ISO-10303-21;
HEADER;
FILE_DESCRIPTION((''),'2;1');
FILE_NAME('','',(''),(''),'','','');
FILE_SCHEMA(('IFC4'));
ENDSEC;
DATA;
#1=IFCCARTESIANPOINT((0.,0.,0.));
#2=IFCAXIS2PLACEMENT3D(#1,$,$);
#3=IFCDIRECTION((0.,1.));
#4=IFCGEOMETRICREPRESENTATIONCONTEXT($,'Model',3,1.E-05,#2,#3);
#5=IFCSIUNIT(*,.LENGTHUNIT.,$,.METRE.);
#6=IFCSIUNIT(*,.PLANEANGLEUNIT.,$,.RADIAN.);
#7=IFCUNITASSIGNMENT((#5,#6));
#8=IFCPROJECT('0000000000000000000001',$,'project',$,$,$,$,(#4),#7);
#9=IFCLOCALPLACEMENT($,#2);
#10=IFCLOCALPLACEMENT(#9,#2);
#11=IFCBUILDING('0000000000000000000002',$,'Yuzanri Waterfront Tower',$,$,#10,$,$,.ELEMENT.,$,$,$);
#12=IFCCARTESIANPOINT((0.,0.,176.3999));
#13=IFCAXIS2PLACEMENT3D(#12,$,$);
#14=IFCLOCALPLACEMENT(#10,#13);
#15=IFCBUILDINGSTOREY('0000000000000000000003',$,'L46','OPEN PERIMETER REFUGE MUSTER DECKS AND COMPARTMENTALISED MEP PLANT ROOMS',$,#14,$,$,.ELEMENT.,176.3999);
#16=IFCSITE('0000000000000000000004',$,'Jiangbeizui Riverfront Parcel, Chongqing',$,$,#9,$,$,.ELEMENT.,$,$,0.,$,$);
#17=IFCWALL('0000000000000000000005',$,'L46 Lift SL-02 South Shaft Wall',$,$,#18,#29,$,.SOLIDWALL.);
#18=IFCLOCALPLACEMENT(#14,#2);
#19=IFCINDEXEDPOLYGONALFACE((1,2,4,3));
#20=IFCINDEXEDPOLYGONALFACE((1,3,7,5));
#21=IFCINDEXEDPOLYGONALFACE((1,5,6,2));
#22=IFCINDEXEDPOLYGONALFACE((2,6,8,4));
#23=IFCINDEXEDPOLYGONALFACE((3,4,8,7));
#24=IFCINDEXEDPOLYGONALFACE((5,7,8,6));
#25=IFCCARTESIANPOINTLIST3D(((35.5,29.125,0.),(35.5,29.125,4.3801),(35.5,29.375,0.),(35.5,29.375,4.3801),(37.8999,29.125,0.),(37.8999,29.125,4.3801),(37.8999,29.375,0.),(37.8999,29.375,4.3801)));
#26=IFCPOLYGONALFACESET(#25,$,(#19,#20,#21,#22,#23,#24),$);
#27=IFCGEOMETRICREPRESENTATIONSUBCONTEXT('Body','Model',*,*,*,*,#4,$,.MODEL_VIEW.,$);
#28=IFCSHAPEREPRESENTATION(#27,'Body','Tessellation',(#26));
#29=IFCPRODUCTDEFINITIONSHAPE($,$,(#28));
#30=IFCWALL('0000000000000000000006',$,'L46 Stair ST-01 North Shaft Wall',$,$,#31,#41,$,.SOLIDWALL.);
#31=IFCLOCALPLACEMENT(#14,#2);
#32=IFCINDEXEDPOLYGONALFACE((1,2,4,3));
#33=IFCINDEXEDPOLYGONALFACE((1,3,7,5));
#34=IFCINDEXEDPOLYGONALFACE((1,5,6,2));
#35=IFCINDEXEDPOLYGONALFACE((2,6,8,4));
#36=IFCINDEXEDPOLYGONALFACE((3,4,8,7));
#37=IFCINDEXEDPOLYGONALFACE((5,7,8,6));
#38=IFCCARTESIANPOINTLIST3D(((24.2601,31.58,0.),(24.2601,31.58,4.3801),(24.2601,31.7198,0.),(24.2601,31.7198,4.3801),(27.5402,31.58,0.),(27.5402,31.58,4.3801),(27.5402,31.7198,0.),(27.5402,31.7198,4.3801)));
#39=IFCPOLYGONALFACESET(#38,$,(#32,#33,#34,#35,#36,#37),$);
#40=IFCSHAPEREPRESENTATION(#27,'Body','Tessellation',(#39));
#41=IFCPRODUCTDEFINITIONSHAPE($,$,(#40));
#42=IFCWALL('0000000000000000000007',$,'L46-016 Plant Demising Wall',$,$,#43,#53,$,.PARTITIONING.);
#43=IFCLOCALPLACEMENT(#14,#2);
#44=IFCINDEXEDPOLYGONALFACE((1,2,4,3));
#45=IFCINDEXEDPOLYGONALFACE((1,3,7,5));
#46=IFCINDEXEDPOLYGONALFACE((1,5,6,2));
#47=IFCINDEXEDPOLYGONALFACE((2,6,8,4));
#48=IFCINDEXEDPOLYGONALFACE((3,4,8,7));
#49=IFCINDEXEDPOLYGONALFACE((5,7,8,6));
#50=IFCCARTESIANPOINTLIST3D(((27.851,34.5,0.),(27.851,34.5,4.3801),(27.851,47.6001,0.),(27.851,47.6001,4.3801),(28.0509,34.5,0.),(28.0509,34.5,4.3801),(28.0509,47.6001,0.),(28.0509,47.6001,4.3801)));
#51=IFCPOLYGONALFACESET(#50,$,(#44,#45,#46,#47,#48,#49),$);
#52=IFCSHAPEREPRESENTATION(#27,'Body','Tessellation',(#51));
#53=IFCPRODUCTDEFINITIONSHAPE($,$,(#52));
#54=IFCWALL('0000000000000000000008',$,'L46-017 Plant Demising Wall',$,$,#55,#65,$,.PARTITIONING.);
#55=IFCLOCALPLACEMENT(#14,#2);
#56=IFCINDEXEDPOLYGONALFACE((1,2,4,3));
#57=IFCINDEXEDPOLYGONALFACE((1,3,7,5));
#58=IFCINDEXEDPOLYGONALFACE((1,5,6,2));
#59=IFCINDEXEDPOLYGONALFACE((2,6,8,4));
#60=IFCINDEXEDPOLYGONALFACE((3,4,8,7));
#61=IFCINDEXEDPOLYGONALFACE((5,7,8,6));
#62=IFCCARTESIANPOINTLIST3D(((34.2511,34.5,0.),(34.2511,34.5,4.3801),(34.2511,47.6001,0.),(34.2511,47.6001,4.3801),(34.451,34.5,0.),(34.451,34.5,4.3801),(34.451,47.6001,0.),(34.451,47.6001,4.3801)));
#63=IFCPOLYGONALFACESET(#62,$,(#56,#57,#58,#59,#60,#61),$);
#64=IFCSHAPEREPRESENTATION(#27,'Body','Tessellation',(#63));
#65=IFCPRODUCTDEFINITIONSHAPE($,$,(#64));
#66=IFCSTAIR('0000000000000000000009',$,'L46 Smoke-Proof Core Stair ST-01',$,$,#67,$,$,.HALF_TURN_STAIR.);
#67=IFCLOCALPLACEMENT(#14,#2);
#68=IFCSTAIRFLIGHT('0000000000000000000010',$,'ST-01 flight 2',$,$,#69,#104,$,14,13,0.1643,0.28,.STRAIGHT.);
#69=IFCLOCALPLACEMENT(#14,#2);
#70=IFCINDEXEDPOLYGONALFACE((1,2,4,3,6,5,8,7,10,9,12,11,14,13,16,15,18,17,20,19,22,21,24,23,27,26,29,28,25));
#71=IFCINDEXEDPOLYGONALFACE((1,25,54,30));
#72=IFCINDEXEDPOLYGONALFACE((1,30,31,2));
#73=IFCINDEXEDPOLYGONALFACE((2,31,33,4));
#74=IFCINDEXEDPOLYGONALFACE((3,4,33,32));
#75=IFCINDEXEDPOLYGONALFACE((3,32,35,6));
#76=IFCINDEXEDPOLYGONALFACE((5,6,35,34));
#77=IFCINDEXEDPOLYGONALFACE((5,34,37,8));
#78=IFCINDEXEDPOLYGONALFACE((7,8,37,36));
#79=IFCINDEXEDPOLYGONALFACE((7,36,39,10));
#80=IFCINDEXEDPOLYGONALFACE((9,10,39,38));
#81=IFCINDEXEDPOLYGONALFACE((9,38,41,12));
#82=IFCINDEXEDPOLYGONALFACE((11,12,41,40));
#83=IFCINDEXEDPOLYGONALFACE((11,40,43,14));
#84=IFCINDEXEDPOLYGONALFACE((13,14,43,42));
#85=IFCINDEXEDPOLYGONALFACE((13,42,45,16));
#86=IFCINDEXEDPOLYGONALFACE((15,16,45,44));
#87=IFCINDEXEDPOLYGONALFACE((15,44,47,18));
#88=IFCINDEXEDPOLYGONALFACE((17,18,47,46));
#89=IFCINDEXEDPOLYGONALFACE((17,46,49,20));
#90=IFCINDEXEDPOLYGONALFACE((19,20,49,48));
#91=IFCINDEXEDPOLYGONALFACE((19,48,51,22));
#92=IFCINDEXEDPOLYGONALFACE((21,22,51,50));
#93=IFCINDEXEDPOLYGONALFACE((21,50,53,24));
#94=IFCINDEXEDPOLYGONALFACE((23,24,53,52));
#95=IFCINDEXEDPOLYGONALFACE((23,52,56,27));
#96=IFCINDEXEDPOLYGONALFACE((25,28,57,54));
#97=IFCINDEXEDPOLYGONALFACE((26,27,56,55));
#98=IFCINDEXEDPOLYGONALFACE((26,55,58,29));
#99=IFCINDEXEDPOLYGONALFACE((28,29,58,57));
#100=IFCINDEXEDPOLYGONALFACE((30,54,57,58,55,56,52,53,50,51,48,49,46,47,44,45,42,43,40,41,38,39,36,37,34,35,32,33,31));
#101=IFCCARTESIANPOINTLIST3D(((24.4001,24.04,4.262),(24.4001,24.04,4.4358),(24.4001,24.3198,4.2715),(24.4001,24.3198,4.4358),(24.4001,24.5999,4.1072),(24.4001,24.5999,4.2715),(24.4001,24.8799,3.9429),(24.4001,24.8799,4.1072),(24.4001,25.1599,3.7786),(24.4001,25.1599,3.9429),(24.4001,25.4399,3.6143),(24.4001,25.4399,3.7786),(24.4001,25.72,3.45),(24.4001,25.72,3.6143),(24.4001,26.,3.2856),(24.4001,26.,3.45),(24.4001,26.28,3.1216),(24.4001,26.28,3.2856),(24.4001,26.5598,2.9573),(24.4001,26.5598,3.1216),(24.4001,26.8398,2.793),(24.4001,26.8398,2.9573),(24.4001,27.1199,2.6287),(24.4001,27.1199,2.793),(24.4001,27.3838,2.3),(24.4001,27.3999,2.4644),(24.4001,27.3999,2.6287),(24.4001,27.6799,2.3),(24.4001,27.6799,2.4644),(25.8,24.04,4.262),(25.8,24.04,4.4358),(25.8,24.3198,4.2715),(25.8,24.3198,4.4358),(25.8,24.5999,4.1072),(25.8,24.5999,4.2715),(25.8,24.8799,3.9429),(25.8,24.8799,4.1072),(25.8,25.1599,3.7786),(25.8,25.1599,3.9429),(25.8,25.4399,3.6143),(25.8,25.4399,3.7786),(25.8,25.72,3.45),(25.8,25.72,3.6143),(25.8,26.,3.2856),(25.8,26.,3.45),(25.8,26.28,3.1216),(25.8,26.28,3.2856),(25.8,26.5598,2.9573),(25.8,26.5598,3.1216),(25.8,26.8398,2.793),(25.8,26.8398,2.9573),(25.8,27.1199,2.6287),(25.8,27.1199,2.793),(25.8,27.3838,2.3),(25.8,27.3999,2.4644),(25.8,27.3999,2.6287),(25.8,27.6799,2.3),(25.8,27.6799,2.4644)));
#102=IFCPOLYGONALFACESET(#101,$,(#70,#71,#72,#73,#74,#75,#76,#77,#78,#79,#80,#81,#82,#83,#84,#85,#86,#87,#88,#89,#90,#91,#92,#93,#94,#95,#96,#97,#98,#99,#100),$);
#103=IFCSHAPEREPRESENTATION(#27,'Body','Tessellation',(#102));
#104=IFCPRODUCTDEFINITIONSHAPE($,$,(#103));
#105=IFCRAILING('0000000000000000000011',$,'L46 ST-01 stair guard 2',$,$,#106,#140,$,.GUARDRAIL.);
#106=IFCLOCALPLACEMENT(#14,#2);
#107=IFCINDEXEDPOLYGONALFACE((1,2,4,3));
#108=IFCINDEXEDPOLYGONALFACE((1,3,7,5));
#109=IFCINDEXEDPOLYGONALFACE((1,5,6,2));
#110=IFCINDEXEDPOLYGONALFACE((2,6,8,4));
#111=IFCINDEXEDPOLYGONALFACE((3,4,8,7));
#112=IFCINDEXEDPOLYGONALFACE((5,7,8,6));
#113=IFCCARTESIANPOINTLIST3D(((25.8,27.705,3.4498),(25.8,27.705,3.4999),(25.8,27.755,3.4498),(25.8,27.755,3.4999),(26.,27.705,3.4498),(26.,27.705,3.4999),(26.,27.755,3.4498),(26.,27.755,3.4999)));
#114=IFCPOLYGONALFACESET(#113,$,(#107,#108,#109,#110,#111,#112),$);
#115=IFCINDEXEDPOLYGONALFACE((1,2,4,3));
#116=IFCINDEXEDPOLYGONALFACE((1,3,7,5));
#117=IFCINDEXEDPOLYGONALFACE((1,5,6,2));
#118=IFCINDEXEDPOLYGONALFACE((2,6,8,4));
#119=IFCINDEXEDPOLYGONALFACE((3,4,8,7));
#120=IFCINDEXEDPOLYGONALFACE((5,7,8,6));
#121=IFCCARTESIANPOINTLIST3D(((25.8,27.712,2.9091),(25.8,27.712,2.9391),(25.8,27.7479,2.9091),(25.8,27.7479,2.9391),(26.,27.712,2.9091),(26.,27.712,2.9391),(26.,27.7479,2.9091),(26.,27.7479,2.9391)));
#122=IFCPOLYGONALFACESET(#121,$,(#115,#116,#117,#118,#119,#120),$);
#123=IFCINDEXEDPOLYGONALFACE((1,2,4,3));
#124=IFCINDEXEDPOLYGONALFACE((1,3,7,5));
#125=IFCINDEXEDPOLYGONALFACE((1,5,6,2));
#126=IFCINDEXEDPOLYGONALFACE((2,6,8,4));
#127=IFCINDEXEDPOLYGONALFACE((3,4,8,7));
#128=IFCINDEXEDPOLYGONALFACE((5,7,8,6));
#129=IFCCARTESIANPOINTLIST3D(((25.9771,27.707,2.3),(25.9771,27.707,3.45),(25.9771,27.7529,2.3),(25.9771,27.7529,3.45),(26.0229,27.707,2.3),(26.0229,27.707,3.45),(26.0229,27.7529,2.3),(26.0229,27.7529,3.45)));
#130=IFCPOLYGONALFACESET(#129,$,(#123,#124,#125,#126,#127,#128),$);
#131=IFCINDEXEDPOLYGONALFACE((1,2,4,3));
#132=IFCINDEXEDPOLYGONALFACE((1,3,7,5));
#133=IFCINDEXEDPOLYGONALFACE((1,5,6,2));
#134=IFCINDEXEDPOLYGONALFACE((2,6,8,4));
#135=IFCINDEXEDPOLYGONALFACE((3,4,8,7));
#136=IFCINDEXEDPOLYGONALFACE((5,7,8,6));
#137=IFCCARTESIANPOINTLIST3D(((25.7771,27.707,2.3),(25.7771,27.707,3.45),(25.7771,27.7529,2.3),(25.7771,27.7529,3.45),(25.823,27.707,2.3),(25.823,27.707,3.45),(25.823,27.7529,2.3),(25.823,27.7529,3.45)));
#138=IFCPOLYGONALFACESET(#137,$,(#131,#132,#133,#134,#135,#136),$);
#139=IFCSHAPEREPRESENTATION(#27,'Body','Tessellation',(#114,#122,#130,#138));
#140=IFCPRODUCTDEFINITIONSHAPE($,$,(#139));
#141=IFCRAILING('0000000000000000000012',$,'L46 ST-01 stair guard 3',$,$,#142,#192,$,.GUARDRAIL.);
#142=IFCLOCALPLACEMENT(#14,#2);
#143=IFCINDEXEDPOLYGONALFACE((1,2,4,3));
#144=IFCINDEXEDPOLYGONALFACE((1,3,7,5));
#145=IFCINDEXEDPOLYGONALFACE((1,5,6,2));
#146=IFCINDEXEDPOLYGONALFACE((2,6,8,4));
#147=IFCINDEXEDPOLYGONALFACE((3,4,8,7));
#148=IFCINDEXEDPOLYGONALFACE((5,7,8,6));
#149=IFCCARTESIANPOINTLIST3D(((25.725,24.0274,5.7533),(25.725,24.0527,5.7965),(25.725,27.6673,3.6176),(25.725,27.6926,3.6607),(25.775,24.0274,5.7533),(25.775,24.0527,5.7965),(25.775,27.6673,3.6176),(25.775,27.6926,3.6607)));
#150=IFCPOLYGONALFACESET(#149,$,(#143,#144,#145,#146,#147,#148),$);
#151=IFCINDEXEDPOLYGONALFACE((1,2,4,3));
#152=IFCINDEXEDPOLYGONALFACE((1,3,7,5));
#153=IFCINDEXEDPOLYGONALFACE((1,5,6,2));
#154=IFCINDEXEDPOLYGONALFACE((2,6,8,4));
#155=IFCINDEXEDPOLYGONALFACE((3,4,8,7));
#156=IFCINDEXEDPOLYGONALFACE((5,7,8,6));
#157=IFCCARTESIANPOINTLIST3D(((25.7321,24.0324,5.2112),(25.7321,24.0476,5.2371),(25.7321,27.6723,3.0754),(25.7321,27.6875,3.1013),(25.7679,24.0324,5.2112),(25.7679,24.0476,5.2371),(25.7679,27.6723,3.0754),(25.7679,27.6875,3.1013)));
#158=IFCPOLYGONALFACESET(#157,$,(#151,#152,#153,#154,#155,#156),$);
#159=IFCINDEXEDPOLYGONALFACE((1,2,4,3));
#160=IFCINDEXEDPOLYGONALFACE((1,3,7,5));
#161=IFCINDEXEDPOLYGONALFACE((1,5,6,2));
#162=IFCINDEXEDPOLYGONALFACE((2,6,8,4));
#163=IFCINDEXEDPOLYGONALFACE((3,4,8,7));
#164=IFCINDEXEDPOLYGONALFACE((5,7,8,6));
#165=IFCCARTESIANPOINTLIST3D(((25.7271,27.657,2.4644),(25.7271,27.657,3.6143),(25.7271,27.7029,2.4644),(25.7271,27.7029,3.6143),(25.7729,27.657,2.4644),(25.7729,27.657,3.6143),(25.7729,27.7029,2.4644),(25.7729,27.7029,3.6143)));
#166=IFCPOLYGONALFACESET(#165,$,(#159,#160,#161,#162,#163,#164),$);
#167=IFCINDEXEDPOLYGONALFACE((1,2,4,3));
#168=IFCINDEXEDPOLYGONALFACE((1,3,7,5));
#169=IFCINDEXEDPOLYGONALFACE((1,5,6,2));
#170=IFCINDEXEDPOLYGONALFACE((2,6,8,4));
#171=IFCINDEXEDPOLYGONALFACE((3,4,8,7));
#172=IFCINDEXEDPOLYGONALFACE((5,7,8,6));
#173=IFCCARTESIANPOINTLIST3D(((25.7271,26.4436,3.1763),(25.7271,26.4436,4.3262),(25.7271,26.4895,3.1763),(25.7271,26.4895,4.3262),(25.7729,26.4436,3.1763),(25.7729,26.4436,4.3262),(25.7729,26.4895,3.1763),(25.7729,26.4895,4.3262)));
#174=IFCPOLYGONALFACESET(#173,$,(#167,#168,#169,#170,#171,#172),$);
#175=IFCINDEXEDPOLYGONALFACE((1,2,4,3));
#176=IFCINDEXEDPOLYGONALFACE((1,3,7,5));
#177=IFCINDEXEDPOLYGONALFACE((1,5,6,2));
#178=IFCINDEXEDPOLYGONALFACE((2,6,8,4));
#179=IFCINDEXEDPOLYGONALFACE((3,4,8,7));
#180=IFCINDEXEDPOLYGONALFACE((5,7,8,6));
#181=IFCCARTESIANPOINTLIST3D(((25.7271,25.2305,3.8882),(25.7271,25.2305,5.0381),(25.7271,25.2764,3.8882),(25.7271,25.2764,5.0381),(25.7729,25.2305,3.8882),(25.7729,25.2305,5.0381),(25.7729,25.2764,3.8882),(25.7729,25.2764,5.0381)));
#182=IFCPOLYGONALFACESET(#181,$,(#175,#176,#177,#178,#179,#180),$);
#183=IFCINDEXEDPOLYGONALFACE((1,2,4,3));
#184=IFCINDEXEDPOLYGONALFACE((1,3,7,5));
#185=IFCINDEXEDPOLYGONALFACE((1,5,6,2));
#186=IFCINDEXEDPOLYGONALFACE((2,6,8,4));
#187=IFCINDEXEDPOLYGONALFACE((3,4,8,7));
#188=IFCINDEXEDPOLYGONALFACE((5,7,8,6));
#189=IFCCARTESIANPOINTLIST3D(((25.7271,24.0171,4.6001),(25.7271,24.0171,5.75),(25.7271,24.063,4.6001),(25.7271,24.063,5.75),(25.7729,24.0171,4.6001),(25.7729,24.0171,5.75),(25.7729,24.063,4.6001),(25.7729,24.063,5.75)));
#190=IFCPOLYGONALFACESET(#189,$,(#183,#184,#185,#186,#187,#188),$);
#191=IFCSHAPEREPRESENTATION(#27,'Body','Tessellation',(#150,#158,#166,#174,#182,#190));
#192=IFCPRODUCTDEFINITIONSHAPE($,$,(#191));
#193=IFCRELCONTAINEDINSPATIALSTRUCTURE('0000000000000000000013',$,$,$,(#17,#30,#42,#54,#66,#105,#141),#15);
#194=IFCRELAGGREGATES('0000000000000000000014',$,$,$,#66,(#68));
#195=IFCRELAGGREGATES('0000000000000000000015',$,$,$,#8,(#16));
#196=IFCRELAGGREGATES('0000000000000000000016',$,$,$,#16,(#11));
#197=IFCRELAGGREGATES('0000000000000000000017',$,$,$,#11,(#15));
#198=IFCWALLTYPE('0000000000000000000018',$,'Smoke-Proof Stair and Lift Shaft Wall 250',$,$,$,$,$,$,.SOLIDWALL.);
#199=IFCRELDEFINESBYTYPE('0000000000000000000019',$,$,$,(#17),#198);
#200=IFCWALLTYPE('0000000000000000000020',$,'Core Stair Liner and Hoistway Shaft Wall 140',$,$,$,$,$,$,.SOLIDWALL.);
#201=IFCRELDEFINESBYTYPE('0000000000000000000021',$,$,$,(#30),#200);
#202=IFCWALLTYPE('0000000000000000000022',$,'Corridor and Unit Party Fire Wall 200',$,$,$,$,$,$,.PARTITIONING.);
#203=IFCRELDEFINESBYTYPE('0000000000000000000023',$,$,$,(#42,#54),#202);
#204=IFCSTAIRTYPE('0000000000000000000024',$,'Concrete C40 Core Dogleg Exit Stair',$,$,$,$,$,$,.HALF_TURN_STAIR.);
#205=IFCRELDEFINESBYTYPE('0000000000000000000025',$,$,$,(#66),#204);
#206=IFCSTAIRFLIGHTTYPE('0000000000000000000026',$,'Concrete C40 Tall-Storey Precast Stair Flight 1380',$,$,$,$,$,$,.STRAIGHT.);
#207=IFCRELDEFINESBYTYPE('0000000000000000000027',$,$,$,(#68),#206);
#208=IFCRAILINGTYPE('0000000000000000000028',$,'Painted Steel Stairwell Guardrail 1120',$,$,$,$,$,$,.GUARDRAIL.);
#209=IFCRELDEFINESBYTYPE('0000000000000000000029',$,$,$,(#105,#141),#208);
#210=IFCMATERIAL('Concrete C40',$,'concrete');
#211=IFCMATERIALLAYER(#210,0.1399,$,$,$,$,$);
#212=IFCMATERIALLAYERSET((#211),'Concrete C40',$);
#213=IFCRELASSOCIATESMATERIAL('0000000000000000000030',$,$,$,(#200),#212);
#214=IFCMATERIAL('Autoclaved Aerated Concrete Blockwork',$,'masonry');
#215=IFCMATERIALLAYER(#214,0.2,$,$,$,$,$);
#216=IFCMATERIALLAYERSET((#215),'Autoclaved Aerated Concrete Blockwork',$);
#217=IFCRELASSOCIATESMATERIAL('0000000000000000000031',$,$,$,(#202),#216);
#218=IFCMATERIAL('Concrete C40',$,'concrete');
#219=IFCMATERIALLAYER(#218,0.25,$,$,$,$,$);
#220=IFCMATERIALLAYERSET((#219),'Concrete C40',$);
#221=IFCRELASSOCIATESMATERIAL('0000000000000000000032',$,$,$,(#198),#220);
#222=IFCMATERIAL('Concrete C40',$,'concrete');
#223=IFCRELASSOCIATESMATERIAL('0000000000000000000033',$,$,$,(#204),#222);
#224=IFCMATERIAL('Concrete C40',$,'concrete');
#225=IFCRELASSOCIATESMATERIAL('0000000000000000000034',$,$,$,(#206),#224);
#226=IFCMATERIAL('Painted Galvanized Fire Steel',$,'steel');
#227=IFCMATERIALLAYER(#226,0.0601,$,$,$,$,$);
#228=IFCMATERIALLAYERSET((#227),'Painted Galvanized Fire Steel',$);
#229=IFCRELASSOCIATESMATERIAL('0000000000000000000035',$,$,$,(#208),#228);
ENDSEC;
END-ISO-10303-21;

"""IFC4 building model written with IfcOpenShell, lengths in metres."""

from ifc_helpers import new_model, si_unit, direction, frame, frame_2d, origin, origin_2d, place, context, subcontext, project, spatial, polyline, rectangle, outline, extrude, source, transform, mapped, material, layer, layer_set, type_object, element, aggregate, save


model = new_model("IFC4")

# Units and contexts
model_context = context("Model", 3, precision=1e-05, world=origin(), true_north=direction((0.0, 1.0)))
body_context = subcontext(model_context, "Body", "Model", "MODEL_VIEW")
ifc_project = project(units=[si_unit("LENGTHUNIT", "METRE"), si_unit("PLANEANGLEUNIT", "RADIAN")], contexts=[model_context])

# Site, building, storey
site_placement = place(None, origin())
site = spatial("IfcSite", under=ifc_project, at=site_placement, Name="Jiangbeizui Riverfront Parcel, Chongqing", CompositionType="ELEMENT", RefElevation=0.0)
building_placement = place(site_placement, origin())
building = spatial("IfcBuilding", under=site, at=building_placement, Name="Yuzanri Waterfront Tower", CompositionType="ELEMENT")
storey_placement = place(building_placement, frame((0.0, 0.0, 176.3999)))
storey = spatial("IfcBuildingStorey", under=building, at=storey_placement, Name="L46", Description="OPEN PERIMETER REFUGE MUSTER DECKS AND COMPARTMENTALISED MEP PLANT ROOMS", CompositionType="ELEMENT", Elevation=176.3999)

# Shared definitions
ifc_material_1 = material(Name="Concrete C40", Category="concrete")
ifc_layer_1 = layer(ifc_material_1, 0.1399)
ifc_layer_set_1 = layer_set([ifc_layer_1], Name="Concrete C40")
wall_type_1 = type_object("IfcWallType", Name="Core Stair Liner and Hoistway Shaft Wall 140", PredefinedType="SOLIDWALL", material=ifc_layer_set_1)
ifc_material_2 = material(Name="Autoclaved Aerated Concrete Blockwork", Category="masonry")
ifc_layer_2 = layer(ifc_material_2, 0.2)
ifc_layer_set_2 = layer_set([ifc_layer_2], Name="Autoclaved Aerated Concrete Blockwork")
wall_type_2 = type_object("IfcWallType", Name="Corridor and Unit Party Fire Wall 200", PredefinedType="PARTITIONING", material=ifc_layer_set_2)

# Walls
ifc_material_3 = material(Name="Concrete C40", Category="concrete")
ifc_layer_3 = layer(ifc_material_3, 0.25)
ifc_layer_set_3 = layer_set([ifc_layer_3], Name="Concrete C40")
wall_type_3 = type_object("IfcWallType", Name="Smoke-Proof Stair and Lift Shaft Wall 250", PredefinedType="SOLIDWALL", material=ifc_layer_set_3)
shared_shape_1 = source(origin(), body_context, "Body", "SweptSolid", [
    extrude(rectangle(XDim=2.3999, YDim=0.25, at=frame_2d((1.2, 0.0))), origin(), (0.0, 0.0, 1.0), 4.3801),
])
wall_1_placement = place(storey_placement, frame((35.5, 29.25, 0.0), z_axis=(0.0, 0.0, 1.0), x_axis=(1.0, 0.0, 0.0)))
element("IfcWall", 1, at=wall_1_placement, inside=storey, type_object=wall_type_3, Name="L46 Lift SL-02 South Shaft Wall", PredefinedType="SOLIDWALL", context=body_context, shape_type="MappedRepresentation", body=[
    mapped(shared_shape_1, transform((0.0, 0.0, 0.0), scale=1.0)),
])
shared_shape_2 = source(origin(), body_context, "Body", "SweptSolid", [
    extrude(rectangle(XDim=3.28, YDim=0.1399, at=frame_2d((1.6401, 0.0))), origin(), (0.0, 0.0, 1.0), 4.3801),
])
wall_2_placement = place(storey_placement, frame((24.26, 31.6499, 0.0), z_axis=(0.0, 0.0, 1.0), x_axis=(1.0, 0.0, 0.0)))
element("IfcWall", 2, at=wall_2_placement, inside=storey, type_object=wall_type_1, Name="L46 Stair ST-01 North Shaft Wall", PredefinedType="SOLIDWALL", context=body_context, shape_type="MappedRepresentation", body=[
    mapped(shared_shape_2, transform((0.0, 0.0, 0.0), scale=1.0)),
])
shared_shape_3 = source(origin(), body_context, "Body", "SweptSolid", [
    extrude(rectangle(XDim=13.1001, YDim=0.2, at=frame_2d((6.55, 0.0))), origin(), (0.0, 0.0, 1.0), 4.3801),
])
for number, where, z_axis, x_axis, name in (
    (3, (27.9509, 34.5, 0.0), (0.0, 0.0, 1.0), (0.0, 1.0, 0.0), "L46-016 Plant Demising Wall"),
    (4, (34.3511, 34.5, 0.0), (0.0, 0.0, 1.0), (0.0, 1.0, 0.0), "L46-017 Plant Demising Wall"),
):
    element("IfcWall", number, at=place(storey_placement, frame(where, z_axis=z_axis, x_axis=x_axis)), inside=storey, type_object=wall_type_2, Name=name, PredefinedType="PARTITIONING", context=body_context, shape_type="MappedRepresentation", body=[
        mapped(shared_shape_3, transform((0.0, 0.0, 0.0), scale=1.0)),
    ])

# Stair, stair flight
ifc_material_4 = material(Name="Concrete C40", Category="concrete")
stair_type = type_object("IfcStairType", Name="Concrete C40 Core Dogleg Exit Stair", PredefinedType="HALF_TURN_STAIR", material=ifc_material_4)
stair_placement = place(storey_placement, origin())
stair = element("IfcStair", 5, at=stair_placement, inside=storey, type_object=stair_type, Name="L46 Smoke-Proof Core Stair ST-01", PredefinedType="HALF_TURN_STAIR")
ifc_material_5 = material(Name="Concrete C40", Category="concrete")
stair_flight_type = type_object("IfcStairFlightType", Name="Concrete C40 Tall-Storey Precast Stair Flight 1380", PredefinedType="STRAIGHT", material=ifc_material_5)
shared_shape_4 = source(origin(), body_context, "Body", "SweptSolid", [
    extrude(outline(polyline([(0.0, 0.0), (0.0, 0.1643), (0.28, 0.1643), (0.28, 0.3286), (0.5601, 0.3286), (0.5601, 0.4929), (0.8401, 0.4929), (0.8401, 0.6572), (1.1201, 0.6572), (1.1201, 0.8215), (1.3999, 0.8215), (1.3999, 0.9856), (1.6799, 0.9856), (1.6799, 1.1499), (1.96, 1.1499), (1.96, 1.3142), (2.24, 1.3142), (2.24, 1.4785), (2.52, 1.4785), (2.52, 1.6428), (2.8, 1.6428), (2.8, 1.8071), (3.0801, 1.8071), (3.0801, 1.9714), (3.3601, 1.9714), (3.3601, 2.1357), (3.6399, 2.1357), (3.6399, 2.3), (3.6399, 1.9619), (0.2961, 0.0), (0.0, 0.0)])), frame((0.0, 0.7, 0.0), z_axis=(0.0, -1.0, 0.0), x_axis=(1.0, 0.0, 0.0)), (0.0, 0.0, 1.0), 1.3999),
])
stair_flight_placement = place(storey_placement, frame((25.1001, 27.6799, 2.3), z_axis=(0.0, 0.0, 1.0), x_axis=(0.0, -1.0, 0.0)))
stair_flight = element("IfcStairFlight", 6, at=stair_flight_placement, type_object=stair_flight_type, Name="ST-01 flight 2", NumberOfRisers=14, NumberOfTreads=13, PredefinedType="STRAIGHT", RiserHeight=0.1643, TreadLength=0.28, context=body_context, shape_type="MappedRepresentation", body=[
    mapped(shared_shape_4, transform((0.0, 0.0, 0.0), scale=1.0)),
])
aggregate(stair, [stair_flight])

# Railings
ifc_material_6 = material(Name="Painted Galvanized Fire Steel", Category="steel")
ifc_layer_4 = layer(ifc_material_6, 0.0601)
ifc_layer_set_4 = layer_set([ifc_layer_4], Name="Painted Galvanized Fire Steel")
railing_type_1 = type_object("IfcRailingType", Name="Painted Steel Stairwell Guardrail 1120", PredefinedType="GUARDRAIL", material=ifc_layer_set_4)
shared_shape_5 = source(origin(), body_context, "Body", "SweptSolid", [
    extrude(rectangle(XDim=0.05, YDim=0.05, at=origin_2d()), frame((0.0, 0.0, 1.1748), z_axis=(-1.0, 0.0, 0.0), x_axis=(0.0, -1.0, 0.0)), (0.0, 0.0, 1.0), 0.2),
    extrude(rectangle(XDim=0.0359, YDim=0.03, at=origin_2d()), frame((0.0, 0.0, 0.624), z_axis=(-1.0, 0.0, 0.0), x_axis=(0.0, -1.0, 0.0)), (0.0, 0.0, 1.0), 0.2),
    extrude(rectangle(XDim=0.0459, YDim=0.0459, at=origin_2d()), origin(), (0.0, 0.0, 1.0), 1.1499),
    extrude(rectangle(XDim=0.0459, YDim=0.0459, at=origin_2d()), frame((-0.2, 0.0, 0.0)), (0.0, 0.0, 1.0), 1.1499),
])
railing_1_placement = place(storey_placement, frame((26.0, 27.73, 2.3)))
element("IfcRailing", 7, at=railing_1_placement, inside=storey, type_object=railing_type_1, Name="L46 ST-01 stair guard 2", PredefinedType="GUARDRAIL", context=body_context, shape_type="MappedRepresentation", body=[
    mapped(shared_shape_5, transform((0.0, 0.0, 0.0), scale=1.0)),
])
shared_shape_6 = source(origin(), body_context, "Body", "SweptSolid", [
    extrude(rectangle(XDim=0.05, YDim=0.05, at=origin_2d()), frame((0.0, 0.0, 1.1748), z_axis=(0.0, -0.86249, 0.506074), x_axis=(1.0, 0.0, 0.0)), (0.0, 0.0, 1.0), 4.2202),
    extrude(rectangle(XDim=0.0359, YDim=0.03, at=origin_2d()), frame((0.0, 0.0, 0.624), z_axis=(0.0, -0.86249, 0.506074), x_axis=(1.0, 0.0, 0.0)), (0.0, 0.0, 1.0), 4.2202),
    extrude(rectangle(XDim=0.0459, YDim=0.0459, at=origin_2d()), origin(), (0.0, 0.0, 1.0), 1.1499),
    extrude(rectangle(XDim=0.0459, YDim=0.0459, at=origin_2d()), frame((0.0, -1.2134, 0.7119)), (0.0, 0.0, 1.0), 1.1499),
    extrude(rectangle(XDim=0.0459, YDim=0.0459, at=origin_2d()), frame((0.0, -2.4265, 1.4238)), (0.0, 0.0, 1.0), 1.1499),
    extrude(rectangle(XDim=0.0459, YDim=0.0459, at=origin_2d()), frame((0.0, -3.6399, 2.1357)), (0.0, 0.0, 1.0), 1.1499),
])
railing_2_placement = place(storey_placement, frame((25.75, 27.6799, 2.4644)))
element("IfcRailing", 8, at=railing_2_placement, inside=storey, type_object=railing_type_1, Name="L46 ST-01 stair guard 3", PredefinedType="GUARDRAIL", context=body_context, shape_type="MappedRepresentation", body=[
    mapped(shared_shape_6, transform((0.0, 0.0, 0.0), scale=1.0)),
])

save(model, "model.ifc")
